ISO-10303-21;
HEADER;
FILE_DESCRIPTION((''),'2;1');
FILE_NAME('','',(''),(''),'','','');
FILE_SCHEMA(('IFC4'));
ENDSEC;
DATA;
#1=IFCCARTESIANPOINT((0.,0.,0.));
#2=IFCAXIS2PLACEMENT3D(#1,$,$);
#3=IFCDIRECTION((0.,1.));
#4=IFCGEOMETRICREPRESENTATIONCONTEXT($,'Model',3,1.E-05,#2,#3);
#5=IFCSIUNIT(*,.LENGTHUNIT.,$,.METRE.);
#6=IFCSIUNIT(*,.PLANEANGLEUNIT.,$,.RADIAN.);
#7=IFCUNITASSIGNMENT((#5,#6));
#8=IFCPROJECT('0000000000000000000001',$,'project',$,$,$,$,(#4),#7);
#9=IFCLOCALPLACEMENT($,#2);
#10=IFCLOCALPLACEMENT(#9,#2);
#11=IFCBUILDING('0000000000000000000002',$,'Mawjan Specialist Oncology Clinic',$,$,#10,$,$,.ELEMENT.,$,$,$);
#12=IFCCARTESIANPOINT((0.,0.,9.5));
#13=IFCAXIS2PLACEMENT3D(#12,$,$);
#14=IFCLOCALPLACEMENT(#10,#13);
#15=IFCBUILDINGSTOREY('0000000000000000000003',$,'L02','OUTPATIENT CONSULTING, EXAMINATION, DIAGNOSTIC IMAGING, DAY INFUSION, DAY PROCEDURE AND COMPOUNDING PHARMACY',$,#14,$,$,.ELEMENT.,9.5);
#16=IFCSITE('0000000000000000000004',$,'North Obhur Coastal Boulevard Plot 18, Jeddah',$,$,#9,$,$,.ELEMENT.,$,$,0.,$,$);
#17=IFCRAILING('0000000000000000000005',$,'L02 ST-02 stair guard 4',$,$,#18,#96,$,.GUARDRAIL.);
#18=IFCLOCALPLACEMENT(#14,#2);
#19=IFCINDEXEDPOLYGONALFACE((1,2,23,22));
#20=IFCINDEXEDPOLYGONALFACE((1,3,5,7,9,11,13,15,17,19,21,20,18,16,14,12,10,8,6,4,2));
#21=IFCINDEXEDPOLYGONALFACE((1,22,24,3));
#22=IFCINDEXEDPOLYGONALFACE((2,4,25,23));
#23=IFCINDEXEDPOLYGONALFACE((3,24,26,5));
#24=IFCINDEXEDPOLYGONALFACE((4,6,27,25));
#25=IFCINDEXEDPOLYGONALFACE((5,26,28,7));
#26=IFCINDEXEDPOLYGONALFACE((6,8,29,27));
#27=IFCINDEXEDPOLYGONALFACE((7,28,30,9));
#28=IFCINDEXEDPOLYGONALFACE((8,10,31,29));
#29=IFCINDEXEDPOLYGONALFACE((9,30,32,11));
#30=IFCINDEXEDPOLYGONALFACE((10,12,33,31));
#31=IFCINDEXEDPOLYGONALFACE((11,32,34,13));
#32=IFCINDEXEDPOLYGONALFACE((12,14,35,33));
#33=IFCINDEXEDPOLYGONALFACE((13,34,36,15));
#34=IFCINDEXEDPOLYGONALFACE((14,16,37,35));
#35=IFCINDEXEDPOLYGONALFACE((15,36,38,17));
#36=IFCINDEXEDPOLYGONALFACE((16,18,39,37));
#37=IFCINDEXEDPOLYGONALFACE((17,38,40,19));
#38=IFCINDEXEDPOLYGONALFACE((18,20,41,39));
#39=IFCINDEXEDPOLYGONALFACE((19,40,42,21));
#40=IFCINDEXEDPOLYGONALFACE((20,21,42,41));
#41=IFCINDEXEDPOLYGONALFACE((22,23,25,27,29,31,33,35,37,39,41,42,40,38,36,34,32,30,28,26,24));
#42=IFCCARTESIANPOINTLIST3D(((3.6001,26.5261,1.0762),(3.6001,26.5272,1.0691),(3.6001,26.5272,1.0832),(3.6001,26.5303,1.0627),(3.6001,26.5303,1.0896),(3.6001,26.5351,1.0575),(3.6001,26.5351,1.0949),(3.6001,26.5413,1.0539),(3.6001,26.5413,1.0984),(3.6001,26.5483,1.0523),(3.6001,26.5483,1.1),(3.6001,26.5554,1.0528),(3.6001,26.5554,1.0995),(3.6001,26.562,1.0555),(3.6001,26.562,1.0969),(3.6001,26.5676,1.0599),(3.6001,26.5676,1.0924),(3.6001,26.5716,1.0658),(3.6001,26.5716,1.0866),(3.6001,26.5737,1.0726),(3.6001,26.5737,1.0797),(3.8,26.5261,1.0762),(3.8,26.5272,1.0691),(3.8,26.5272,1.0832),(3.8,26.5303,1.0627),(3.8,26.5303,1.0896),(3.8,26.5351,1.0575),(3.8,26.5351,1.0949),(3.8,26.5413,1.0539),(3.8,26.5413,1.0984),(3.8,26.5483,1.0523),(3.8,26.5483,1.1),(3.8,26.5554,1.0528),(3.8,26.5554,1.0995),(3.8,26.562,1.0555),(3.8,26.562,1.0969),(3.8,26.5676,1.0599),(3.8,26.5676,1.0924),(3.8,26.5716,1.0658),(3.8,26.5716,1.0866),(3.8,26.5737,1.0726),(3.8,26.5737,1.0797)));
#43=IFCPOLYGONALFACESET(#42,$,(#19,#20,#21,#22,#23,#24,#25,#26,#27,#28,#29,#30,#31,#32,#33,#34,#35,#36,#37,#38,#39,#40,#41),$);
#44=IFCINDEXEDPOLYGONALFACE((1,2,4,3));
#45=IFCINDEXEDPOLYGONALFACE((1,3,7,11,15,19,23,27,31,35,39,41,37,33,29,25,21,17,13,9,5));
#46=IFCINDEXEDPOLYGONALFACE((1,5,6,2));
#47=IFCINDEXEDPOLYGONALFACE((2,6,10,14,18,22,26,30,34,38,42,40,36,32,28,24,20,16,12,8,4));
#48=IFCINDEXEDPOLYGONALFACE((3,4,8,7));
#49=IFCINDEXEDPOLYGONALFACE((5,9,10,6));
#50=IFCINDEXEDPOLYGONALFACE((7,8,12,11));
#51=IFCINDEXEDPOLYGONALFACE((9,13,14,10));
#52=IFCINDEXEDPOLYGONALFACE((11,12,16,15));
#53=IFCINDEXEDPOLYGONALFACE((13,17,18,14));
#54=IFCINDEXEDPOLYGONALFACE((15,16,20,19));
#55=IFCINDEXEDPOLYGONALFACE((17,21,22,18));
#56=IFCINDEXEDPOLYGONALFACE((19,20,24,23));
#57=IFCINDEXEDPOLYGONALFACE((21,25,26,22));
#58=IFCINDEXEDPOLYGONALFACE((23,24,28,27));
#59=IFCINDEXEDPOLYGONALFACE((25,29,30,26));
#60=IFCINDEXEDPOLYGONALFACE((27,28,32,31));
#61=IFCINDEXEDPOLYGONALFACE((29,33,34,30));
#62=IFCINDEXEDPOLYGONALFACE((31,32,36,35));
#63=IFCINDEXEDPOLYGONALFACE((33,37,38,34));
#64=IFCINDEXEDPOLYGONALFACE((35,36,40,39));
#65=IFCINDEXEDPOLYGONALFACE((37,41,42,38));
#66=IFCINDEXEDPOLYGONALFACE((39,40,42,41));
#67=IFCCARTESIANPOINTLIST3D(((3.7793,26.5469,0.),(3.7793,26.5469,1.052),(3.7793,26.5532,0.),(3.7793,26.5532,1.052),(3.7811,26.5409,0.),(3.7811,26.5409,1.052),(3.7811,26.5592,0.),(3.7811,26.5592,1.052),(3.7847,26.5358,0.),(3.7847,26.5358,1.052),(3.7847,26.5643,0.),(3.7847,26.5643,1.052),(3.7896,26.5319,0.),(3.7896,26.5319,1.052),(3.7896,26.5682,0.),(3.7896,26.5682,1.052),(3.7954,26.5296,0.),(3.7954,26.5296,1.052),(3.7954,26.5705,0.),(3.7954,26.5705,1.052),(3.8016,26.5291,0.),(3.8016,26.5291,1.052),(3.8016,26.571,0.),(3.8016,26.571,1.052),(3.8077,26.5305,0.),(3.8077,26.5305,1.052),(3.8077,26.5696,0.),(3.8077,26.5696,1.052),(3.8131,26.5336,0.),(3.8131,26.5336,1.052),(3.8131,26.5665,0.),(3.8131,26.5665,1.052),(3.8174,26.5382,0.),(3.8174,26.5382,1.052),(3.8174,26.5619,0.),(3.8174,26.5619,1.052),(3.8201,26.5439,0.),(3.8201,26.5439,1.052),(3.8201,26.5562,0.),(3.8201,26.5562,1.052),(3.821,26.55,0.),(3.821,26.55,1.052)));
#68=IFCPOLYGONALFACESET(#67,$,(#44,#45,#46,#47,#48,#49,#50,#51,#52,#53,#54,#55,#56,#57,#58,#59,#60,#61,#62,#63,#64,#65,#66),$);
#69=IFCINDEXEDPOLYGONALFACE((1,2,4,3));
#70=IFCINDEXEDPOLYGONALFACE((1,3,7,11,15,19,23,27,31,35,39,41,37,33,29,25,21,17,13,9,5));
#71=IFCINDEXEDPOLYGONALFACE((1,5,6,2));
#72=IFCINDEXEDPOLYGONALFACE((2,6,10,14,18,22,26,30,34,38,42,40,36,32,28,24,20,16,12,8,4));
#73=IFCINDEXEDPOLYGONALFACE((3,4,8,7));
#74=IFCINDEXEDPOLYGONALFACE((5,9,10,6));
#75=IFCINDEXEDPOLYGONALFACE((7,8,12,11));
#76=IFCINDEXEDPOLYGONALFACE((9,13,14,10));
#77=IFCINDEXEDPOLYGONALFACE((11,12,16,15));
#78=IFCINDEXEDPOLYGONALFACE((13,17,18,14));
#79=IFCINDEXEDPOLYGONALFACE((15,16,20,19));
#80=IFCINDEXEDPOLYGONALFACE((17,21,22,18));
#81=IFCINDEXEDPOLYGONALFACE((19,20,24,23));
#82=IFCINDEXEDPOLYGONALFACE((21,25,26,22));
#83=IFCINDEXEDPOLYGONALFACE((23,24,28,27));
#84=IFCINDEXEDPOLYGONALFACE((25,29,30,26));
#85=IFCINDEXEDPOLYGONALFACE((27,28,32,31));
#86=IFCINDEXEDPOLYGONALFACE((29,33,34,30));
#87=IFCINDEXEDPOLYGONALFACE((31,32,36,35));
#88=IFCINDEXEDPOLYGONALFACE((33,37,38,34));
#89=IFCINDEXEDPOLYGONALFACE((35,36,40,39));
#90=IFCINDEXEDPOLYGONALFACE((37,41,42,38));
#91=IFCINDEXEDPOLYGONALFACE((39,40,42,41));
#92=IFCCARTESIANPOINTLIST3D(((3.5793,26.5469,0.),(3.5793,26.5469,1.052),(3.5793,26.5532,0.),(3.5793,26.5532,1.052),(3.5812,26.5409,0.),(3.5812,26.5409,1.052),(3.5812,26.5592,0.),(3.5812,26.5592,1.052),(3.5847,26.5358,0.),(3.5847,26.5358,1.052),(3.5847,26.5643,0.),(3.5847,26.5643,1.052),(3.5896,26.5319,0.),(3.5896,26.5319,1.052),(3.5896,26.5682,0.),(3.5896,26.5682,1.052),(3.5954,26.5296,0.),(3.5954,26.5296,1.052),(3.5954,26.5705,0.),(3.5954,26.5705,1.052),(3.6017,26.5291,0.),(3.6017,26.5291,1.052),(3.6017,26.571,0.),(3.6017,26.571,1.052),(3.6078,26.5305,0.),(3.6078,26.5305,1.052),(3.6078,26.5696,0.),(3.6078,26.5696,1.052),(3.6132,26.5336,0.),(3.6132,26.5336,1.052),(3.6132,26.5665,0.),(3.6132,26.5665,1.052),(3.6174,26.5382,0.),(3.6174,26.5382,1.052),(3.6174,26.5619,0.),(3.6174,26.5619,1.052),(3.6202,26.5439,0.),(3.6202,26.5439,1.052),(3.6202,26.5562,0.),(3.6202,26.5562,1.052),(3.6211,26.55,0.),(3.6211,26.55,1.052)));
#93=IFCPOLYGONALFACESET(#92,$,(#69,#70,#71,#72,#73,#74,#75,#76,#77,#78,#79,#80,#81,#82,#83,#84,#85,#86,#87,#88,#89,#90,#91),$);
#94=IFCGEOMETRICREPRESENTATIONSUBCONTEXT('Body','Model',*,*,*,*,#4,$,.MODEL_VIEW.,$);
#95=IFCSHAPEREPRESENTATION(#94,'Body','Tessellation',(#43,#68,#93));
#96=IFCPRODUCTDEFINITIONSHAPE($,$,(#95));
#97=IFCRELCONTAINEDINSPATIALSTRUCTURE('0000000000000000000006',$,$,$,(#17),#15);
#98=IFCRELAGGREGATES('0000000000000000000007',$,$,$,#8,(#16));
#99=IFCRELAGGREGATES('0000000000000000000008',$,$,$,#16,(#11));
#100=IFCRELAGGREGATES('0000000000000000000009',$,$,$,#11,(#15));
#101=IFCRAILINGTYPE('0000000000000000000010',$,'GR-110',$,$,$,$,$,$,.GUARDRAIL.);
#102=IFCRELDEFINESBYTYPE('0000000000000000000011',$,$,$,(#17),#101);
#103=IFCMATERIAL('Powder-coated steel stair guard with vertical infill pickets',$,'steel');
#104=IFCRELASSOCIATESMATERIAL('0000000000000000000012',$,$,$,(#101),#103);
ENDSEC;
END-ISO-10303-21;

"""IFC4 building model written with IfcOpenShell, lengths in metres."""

from ifc_helpers import new_model, si_unit, direction, frame, origin, origin_2d, place, context, subcontext, project, spatial, circle, extrude, material, type_object, element, save


model = new_model("IFC4")

# Units and contexts
model_context = context("Model", 3, precision=1e-05, world=origin(), true_north=direction((0.0, 1.0)))
body_context = subcontext(model_context, "Body", "Model", "MODEL_VIEW")
ifc_project = project(units=[si_unit("LENGTHUNIT", "METRE"), si_unit("PLANEANGLEUNIT", "RADIAN")], contexts=[model_context])

# Site, building, storey
site_placement = place(None, origin())
site = spatial("IfcSite", under=ifc_project, at=site_placement, Name="North Obhur Coastal Boulevard Plot 18, Jeddah", CompositionType="ELEMENT", RefElevation=0.0)
building_placement = place(site_placement, origin())
building = spatial("IfcBuilding", under=site, at=building_placement, Name="Mawjan Specialist Oncology Clinic", CompositionType="ELEMENT")
storey_placement = place(building_placement, frame((0.0, 0.0, 9.5)))
storey = spatial("IfcBuildingStorey", under=building, at=storey_placement, Name="L02", Description="OUTPATIENT CONSULTING, EXAMINATION, DIAGNOSTIC IMAGING, DAY INFUSION, DAY PROCEDURE AND COMPOUNDING PHARMACY", CompositionType="ELEMENT", Elevation=9.5)

# Railing
ifc_material_1 = material(Name="Powder-coated steel stair guard with vertical infill pickets", Category="steel")
railing_type_1 = type_object("IfcRailingType", Name="GR-110", PredefinedType="GUARDRAIL", material=ifc_material_1)
railing_1_placement = place(storey_placement, frame((3.8, 26.55, 0.0)))
element("IfcRailing", 1, at=railing_1_placement, inside=storey, type_object=railing_type_1, Name="L02 ST-02 stair guard 4", PredefinedType="GUARDRAIL", context=body_context, shape_type="SweptSolid", body=[
    extrude(circle(Radius=0.0239, at=origin_2d()), frame((0.0, 0.0, 1.0762), z_axis=(-1.0, 0.0, 0.0), x_axis=(0.0, -1.0, 0.0)), (0.0, 0.0, 1.0), 0.2),
    extrude(circle(Radius=0.021, at=origin_2d()), origin(), (0.0, 0.0, 1.0), 1.052),
    extrude(circle(Radius=0.021, at=origin_2d()), frame((-0.2, 0.0, 0.0)), (0.0, 0.0, 1.0), 1.052),
])

save(model, "model.ifc")
